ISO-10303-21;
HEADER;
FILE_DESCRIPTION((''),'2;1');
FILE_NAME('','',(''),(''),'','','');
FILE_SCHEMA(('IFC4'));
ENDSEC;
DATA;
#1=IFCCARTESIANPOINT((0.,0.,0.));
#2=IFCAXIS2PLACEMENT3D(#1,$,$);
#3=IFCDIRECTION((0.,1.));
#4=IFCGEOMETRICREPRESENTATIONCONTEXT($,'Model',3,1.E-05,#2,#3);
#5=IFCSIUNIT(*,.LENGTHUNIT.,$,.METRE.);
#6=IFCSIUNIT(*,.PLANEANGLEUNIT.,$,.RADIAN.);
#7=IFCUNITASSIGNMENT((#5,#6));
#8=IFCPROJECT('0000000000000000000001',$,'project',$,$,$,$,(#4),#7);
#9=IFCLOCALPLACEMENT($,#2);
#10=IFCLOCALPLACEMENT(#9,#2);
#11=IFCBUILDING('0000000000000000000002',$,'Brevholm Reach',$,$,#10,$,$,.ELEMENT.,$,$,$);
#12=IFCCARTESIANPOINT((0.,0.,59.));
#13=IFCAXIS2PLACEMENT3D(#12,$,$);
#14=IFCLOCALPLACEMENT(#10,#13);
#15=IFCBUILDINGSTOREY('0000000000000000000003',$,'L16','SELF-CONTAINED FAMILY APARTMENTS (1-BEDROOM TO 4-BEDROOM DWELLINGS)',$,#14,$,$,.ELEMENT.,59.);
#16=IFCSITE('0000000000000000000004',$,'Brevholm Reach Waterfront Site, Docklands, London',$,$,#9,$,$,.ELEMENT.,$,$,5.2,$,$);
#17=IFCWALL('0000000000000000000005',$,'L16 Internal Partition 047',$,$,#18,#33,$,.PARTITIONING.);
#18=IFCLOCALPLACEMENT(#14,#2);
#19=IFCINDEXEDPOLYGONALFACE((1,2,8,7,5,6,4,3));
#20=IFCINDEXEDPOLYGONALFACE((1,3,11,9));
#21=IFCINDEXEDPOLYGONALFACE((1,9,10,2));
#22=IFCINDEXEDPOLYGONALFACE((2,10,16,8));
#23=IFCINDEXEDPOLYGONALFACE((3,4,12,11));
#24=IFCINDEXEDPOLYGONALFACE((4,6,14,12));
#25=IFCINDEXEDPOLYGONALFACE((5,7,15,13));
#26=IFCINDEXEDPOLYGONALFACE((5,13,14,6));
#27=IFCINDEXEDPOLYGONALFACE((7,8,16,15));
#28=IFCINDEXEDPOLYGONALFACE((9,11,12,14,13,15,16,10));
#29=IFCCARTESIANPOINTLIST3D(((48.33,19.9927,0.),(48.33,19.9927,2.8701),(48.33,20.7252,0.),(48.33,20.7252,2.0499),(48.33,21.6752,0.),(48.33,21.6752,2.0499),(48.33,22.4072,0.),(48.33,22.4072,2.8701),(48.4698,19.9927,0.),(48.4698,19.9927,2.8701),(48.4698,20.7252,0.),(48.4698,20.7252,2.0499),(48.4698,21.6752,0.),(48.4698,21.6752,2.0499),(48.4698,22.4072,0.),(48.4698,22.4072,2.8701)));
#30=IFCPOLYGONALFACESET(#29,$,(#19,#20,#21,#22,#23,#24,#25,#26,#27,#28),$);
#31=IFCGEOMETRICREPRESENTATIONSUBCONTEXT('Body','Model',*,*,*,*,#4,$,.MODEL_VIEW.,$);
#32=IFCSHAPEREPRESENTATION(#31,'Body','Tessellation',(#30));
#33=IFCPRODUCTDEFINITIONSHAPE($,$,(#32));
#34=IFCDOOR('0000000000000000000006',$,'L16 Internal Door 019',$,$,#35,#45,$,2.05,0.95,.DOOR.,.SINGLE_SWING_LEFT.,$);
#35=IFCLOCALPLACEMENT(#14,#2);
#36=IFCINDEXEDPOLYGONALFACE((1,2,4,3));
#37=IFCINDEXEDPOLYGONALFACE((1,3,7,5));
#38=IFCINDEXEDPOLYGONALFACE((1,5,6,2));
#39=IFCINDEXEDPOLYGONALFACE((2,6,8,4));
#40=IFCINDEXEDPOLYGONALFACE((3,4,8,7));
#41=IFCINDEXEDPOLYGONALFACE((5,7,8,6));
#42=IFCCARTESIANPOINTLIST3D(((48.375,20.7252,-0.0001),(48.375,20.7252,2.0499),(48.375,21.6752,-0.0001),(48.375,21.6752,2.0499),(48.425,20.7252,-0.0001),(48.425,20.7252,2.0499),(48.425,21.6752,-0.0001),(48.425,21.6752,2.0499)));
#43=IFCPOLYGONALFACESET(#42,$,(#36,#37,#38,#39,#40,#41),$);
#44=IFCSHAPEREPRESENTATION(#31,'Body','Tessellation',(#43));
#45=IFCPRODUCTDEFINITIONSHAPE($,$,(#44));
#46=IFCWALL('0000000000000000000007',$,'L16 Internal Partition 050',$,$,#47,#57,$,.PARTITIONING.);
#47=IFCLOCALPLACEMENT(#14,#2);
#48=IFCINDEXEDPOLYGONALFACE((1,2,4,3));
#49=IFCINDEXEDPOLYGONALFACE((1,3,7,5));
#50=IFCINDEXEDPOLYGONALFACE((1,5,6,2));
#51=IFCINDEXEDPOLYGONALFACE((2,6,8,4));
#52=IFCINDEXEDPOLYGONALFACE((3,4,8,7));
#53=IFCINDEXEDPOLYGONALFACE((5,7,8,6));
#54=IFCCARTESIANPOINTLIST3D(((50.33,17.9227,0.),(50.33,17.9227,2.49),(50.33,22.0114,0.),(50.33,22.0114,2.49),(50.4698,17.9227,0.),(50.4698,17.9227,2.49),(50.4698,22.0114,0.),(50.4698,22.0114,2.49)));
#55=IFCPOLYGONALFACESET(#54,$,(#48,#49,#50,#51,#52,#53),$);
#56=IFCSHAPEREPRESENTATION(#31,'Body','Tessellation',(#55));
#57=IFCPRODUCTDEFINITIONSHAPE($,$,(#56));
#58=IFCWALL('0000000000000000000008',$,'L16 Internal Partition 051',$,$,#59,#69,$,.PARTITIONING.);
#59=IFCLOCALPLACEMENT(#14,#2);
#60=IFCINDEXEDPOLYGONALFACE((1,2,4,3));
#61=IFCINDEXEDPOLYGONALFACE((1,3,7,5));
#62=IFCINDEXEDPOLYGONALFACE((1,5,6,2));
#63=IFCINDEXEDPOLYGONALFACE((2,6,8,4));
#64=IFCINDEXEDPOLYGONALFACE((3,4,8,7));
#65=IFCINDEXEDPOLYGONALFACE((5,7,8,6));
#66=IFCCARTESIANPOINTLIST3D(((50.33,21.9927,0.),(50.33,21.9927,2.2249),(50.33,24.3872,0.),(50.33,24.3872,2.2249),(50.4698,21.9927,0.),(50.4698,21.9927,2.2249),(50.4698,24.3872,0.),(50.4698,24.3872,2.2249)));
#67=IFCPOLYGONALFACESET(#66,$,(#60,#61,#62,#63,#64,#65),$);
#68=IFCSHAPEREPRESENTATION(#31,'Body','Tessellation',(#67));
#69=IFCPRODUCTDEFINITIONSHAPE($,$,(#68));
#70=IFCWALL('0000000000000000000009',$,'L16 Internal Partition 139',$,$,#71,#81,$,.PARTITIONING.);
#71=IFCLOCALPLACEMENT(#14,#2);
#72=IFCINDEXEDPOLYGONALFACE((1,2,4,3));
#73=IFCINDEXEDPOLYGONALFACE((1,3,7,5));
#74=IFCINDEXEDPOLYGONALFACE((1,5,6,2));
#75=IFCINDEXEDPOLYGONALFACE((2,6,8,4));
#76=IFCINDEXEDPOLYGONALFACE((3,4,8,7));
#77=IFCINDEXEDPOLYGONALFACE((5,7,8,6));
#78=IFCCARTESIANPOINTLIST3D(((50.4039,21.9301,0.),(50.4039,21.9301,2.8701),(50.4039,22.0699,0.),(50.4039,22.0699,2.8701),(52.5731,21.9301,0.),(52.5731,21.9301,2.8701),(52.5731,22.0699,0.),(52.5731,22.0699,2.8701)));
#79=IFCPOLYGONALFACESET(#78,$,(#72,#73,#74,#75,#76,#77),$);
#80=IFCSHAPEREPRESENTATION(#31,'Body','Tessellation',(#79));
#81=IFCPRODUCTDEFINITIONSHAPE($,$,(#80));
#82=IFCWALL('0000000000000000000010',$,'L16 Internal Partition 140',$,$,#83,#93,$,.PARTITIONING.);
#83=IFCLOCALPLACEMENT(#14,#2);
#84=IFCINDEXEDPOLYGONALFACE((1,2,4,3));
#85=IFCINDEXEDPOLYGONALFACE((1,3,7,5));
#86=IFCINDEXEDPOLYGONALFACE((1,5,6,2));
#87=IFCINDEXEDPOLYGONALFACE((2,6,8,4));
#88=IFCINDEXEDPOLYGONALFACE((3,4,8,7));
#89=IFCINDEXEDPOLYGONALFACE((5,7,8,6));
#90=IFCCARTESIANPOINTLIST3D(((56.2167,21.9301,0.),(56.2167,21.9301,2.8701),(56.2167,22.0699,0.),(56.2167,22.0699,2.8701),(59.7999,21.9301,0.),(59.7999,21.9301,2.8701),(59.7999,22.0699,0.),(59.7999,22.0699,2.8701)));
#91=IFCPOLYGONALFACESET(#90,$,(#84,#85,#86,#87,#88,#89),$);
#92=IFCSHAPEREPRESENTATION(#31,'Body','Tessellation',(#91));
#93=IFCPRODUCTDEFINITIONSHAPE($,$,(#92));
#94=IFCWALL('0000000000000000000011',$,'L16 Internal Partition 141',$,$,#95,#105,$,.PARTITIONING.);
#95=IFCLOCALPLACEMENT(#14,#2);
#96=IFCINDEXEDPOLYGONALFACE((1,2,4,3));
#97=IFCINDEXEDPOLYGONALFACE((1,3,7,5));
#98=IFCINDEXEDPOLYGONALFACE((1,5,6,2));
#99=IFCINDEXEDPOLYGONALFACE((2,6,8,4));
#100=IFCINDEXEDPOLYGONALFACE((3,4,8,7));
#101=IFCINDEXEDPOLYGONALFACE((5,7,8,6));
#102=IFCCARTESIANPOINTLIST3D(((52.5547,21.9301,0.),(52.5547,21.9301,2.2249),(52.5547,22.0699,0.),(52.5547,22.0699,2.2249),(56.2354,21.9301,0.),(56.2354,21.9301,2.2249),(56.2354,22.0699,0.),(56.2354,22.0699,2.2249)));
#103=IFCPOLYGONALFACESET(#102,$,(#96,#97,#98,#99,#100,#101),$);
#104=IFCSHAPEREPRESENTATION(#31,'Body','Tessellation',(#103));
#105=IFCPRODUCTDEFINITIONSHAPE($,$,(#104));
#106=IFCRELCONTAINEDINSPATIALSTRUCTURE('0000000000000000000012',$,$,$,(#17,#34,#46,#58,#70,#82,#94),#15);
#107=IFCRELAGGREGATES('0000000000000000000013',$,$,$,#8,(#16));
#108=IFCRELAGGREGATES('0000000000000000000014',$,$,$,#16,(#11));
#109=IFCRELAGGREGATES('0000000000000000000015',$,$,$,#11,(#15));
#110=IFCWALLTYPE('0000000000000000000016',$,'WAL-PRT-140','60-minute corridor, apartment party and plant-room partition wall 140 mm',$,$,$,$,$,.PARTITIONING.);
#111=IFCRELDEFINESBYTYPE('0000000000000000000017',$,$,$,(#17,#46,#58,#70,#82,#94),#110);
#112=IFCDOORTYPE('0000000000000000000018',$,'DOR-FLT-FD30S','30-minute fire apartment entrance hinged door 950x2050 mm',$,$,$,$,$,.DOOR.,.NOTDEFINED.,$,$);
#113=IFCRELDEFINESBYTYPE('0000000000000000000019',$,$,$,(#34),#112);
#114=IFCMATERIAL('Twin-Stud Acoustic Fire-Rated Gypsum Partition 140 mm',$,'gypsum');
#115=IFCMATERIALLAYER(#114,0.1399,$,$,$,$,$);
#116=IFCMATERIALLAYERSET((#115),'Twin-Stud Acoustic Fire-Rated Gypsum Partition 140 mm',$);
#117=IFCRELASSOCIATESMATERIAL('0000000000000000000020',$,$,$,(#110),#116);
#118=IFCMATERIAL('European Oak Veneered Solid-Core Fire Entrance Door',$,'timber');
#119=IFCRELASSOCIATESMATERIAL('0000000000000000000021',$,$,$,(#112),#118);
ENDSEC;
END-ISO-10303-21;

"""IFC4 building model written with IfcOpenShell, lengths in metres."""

from ifc_helpers import new_model, si_unit, direction, frame, frame_2d, origin, place, context, subcontext, project, spatial, rectangle, extrude, material, layer, layer_set, type_object, element, fill, save


model = new_model("IFC4")

# Units and contexts
model_context = context("Model", 3, precision=1e-05, world=origin(), true_north=direction((0.0, 1.0)))
body_context = subcontext(model_context, "Body", "Model", "MODEL_VIEW")
ifc_project = project(units=[si_unit("LENGTHUNIT", "METRE"), si_unit("PLANEANGLEUNIT", "RADIAN")], contexts=[model_context])

# Site, building, storey
site_placement = place(None, origin())
site = spatial("IfcSite", under=ifc_project, at=site_placement, Name="Brevholm Reach Waterfront Site, Docklands, London", CompositionType="ELEMENT", RefElevation=5.2)
building_placement = place(site_placement, origin())
building = spatial("IfcBuilding", under=site, at=building_placement, Name="Brevholm Reach", CompositionType="ELEMENT")
storey_placement = place(building_placement, frame((0.0, 0.0, 59.0)))
storey = spatial("IfcBuildingStorey", under=building, at=storey_placement, Name="L16", Description="SELF-CONTAINED FAMILY APARTMENTS (1-BEDROOM TO 4-BEDROOM DWELLINGS)", CompositionType="ELEMENT", Elevation=59.0)

# Shared definitions
ifc_material_1 = material(Name="Twin-Stud Acoustic Fire-Rated Gypsum Partition 140 mm", Category="gypsum")
ifc_layer_1 = layer(ifc_material_1, 0.1399)
ifc_layer_set_1 = layer_set([ifc_layer_1], Name="Twin-Stud Acoustic Fire-Rated Gypsum Partition 140 mm")
wall_type_1 = type_object("IfcWallType", Name="WAL-PRT-140", Description="60-minute corridor, apartment party and plant-room partition wall 140 mm", PredefinedType="PARTITIONING", material=ifc_layer_set_1)
ifc_material_2 = material(Name="European Oak Veneered Solid-Core Fire Entrance Door", Category="timber")
door_type_1 = type_object("IfcDoorType", Name="DOR-FLT-FD30S", Description="30-minute fire apartment entrance hinged door 950x2050 mm", OperationType="NOTDEFINED", PredefinedType="DOOR", material=ifc_material_2)

# Wall, opening, door
wall_1_placement = place(storey_placement, frame((48.3999, 19.9927, 0.0), z_axis=(0.0, 0.0, 1.0), x_axis=(0.0, 1.0, 0.0)))
wall_1 = element("IfcWall", 1, at=wall_1_placement, inside=storey, type_object=wall_type_1, Name="L16 Internal Partition 047", PredefinedType="PARTITIONING", context=body_context, shape_type="SweptSolid", body=[
    extrude(rectangle(XDim=2.4146, YDim=0.1399, at=frame_2d((1.2073, 0.0))), origin(), (0.0, 0.0, 1.0), 2.8701),
])
opening_1_placement = place(wall_1_placement, frame((0.7324, 0.0, 0.0)))
opening_1 = element("IfcOpeningElement", 2, at=opening_1_placement, cuts=wall_1, PredefinedType="OPENING", context=body_context, shape_type="SweptSolid", body=[
    extrude(rectangle(XDim=0.95, YDim=2.05, at=frame_2d((0.4751, 1.0249))), frame((0.0, 0.0798, 0.0), z_axis=(0.0, -1.0, 0.0), x_axis=(1.0, 0.0, 0.0)), (0.0, 0.0, 1.0), 0.1599),
])
door_1_placement = place(opening_1_placement, origin())
door_1 = element("IfcDoor", 3, at=door_1_placement, inside=storey, type_object=door_type_1, Name="L16 Internal Door 019", OperationType="SINGLE_SWING_LEFT", OverallHeight=2.05, OverallWidth=0.95, PredefinedType="DOOR", context=body_context, shape_type="SweptSolid", body=[
    extrude(rectangle(XDim=0.95, YDim=2.05, at=frame_2d((0.4751, 1.0249))), frame((0.0, 0.0249, 0.0), z_axis=(0.0, -1.0, 0.0), x_axis=(1.0, 0.0, 0.0)), (0.0, 0.0, 1.0), 0.05),
])
fill(opening_1, door_1)

# Walls
wall_2_placement = place(storey_placement, frame((50.3999, 17.9226, 0.0), z_axis=(0.0, 0.0, 1.0), x_axis=(0.0, 1.0, 0.0)))
element("IfcWall", 4, at=wall_2_placement, inside=storey, type_object=wall_type_1, Name="L16 Internal Partition 050", PredefinedType="PARTITIONING", context=body_context, shape_type="SweptSolid", body=[
    extrude(rectangle(XDim=4.0886, YDim=0.1399, at=frame_2d((2.0444, 0.0))), origin(), (0.0, 0.0, 1.0), 2.49),
])
wall_3_placement = place(storey_placement, frame((50.3999, 21.9927, 0.0), z_axis=(0.0, 0.0, 1.0), x_axis=(0.0, 1.0, 0.0)))
element("IfcWall", 5, at=wall_3_placement, inside=storey, type_object=wall_type_1, Name="L16 Internal Partition 051", PredefinedType="PARTITIONING", context=body_context, shape_type="SweptSolid", body=[
    extrude(rectangle(XDim=2.3945, YDim=0.1399, at=frame_2d((1.1973, 0.0))), origin(), (0.0, 0.0, 1.0), 2.2249),
])
wall_4_placement = place(storey_placement, frame((50.4041, 22.0, 0.0), z_axis=(0.0, 0.0, 1.0), x_axis=(1.0, 0.0, 0.0)))
element("IfcWall", 6, at=wall_4_placement, inside=storey, type_object=wall_type_1, Name="L16 Internal Partition 139", PredefinedType="PARTITIONING", context=body_context, shape_type="SweptSolid", body=[
    extrude(rectangle(XDim=2.1692, YDim=0.1399, at=frame_2d((1.0845, 0.0))), origin(), (0.0, 0.0, 1.0), 2.8701),
])
wall_5_placement = place(storey_placement, frame((56.2168, 22.0, 0.0), z_axis=(0.0, 0.0, 1.0), x_axis=(1.0, 0.0, 0.0)))
element("IfcWall", 7, at=wall_5_placement, inside=storey, type_object=wall_type_1, Name="L16 Internal Partition 140", PredefinedType="PARTITIONING", context=body_context, shape_type="SweptSolid", body=[
    extrude(rectangle(XDim=3.5833, YDim=0.1399, at=frame_2d((1.7915, 0.0))), origin(), (0.0, 0.0, 1.0), 2.8701),
])
wall_6_placement = place(storey_placement, frame((52.5547, 22.0, 0.0), z_axis=(0.0, 0.0, 1.0), x_axis=(1.0, 0.0, 0.0)))
element("IfcWall", 8, at=wall_6_placement, inside=storey, type_object=wall_type_1, Name="L16 Internal Partition 141", PredefinedType="PARTITIONING", context=body_context, shape_type="SweptSolid", body=[
    extrude(rectangle(XDim=3.6807, YDim=0.1399, at=frame_2d((1.8403, 0.0))), origin(), (0.0, 0.0, 1.0), 2.2249),
])

save(model, "model.ifc")
